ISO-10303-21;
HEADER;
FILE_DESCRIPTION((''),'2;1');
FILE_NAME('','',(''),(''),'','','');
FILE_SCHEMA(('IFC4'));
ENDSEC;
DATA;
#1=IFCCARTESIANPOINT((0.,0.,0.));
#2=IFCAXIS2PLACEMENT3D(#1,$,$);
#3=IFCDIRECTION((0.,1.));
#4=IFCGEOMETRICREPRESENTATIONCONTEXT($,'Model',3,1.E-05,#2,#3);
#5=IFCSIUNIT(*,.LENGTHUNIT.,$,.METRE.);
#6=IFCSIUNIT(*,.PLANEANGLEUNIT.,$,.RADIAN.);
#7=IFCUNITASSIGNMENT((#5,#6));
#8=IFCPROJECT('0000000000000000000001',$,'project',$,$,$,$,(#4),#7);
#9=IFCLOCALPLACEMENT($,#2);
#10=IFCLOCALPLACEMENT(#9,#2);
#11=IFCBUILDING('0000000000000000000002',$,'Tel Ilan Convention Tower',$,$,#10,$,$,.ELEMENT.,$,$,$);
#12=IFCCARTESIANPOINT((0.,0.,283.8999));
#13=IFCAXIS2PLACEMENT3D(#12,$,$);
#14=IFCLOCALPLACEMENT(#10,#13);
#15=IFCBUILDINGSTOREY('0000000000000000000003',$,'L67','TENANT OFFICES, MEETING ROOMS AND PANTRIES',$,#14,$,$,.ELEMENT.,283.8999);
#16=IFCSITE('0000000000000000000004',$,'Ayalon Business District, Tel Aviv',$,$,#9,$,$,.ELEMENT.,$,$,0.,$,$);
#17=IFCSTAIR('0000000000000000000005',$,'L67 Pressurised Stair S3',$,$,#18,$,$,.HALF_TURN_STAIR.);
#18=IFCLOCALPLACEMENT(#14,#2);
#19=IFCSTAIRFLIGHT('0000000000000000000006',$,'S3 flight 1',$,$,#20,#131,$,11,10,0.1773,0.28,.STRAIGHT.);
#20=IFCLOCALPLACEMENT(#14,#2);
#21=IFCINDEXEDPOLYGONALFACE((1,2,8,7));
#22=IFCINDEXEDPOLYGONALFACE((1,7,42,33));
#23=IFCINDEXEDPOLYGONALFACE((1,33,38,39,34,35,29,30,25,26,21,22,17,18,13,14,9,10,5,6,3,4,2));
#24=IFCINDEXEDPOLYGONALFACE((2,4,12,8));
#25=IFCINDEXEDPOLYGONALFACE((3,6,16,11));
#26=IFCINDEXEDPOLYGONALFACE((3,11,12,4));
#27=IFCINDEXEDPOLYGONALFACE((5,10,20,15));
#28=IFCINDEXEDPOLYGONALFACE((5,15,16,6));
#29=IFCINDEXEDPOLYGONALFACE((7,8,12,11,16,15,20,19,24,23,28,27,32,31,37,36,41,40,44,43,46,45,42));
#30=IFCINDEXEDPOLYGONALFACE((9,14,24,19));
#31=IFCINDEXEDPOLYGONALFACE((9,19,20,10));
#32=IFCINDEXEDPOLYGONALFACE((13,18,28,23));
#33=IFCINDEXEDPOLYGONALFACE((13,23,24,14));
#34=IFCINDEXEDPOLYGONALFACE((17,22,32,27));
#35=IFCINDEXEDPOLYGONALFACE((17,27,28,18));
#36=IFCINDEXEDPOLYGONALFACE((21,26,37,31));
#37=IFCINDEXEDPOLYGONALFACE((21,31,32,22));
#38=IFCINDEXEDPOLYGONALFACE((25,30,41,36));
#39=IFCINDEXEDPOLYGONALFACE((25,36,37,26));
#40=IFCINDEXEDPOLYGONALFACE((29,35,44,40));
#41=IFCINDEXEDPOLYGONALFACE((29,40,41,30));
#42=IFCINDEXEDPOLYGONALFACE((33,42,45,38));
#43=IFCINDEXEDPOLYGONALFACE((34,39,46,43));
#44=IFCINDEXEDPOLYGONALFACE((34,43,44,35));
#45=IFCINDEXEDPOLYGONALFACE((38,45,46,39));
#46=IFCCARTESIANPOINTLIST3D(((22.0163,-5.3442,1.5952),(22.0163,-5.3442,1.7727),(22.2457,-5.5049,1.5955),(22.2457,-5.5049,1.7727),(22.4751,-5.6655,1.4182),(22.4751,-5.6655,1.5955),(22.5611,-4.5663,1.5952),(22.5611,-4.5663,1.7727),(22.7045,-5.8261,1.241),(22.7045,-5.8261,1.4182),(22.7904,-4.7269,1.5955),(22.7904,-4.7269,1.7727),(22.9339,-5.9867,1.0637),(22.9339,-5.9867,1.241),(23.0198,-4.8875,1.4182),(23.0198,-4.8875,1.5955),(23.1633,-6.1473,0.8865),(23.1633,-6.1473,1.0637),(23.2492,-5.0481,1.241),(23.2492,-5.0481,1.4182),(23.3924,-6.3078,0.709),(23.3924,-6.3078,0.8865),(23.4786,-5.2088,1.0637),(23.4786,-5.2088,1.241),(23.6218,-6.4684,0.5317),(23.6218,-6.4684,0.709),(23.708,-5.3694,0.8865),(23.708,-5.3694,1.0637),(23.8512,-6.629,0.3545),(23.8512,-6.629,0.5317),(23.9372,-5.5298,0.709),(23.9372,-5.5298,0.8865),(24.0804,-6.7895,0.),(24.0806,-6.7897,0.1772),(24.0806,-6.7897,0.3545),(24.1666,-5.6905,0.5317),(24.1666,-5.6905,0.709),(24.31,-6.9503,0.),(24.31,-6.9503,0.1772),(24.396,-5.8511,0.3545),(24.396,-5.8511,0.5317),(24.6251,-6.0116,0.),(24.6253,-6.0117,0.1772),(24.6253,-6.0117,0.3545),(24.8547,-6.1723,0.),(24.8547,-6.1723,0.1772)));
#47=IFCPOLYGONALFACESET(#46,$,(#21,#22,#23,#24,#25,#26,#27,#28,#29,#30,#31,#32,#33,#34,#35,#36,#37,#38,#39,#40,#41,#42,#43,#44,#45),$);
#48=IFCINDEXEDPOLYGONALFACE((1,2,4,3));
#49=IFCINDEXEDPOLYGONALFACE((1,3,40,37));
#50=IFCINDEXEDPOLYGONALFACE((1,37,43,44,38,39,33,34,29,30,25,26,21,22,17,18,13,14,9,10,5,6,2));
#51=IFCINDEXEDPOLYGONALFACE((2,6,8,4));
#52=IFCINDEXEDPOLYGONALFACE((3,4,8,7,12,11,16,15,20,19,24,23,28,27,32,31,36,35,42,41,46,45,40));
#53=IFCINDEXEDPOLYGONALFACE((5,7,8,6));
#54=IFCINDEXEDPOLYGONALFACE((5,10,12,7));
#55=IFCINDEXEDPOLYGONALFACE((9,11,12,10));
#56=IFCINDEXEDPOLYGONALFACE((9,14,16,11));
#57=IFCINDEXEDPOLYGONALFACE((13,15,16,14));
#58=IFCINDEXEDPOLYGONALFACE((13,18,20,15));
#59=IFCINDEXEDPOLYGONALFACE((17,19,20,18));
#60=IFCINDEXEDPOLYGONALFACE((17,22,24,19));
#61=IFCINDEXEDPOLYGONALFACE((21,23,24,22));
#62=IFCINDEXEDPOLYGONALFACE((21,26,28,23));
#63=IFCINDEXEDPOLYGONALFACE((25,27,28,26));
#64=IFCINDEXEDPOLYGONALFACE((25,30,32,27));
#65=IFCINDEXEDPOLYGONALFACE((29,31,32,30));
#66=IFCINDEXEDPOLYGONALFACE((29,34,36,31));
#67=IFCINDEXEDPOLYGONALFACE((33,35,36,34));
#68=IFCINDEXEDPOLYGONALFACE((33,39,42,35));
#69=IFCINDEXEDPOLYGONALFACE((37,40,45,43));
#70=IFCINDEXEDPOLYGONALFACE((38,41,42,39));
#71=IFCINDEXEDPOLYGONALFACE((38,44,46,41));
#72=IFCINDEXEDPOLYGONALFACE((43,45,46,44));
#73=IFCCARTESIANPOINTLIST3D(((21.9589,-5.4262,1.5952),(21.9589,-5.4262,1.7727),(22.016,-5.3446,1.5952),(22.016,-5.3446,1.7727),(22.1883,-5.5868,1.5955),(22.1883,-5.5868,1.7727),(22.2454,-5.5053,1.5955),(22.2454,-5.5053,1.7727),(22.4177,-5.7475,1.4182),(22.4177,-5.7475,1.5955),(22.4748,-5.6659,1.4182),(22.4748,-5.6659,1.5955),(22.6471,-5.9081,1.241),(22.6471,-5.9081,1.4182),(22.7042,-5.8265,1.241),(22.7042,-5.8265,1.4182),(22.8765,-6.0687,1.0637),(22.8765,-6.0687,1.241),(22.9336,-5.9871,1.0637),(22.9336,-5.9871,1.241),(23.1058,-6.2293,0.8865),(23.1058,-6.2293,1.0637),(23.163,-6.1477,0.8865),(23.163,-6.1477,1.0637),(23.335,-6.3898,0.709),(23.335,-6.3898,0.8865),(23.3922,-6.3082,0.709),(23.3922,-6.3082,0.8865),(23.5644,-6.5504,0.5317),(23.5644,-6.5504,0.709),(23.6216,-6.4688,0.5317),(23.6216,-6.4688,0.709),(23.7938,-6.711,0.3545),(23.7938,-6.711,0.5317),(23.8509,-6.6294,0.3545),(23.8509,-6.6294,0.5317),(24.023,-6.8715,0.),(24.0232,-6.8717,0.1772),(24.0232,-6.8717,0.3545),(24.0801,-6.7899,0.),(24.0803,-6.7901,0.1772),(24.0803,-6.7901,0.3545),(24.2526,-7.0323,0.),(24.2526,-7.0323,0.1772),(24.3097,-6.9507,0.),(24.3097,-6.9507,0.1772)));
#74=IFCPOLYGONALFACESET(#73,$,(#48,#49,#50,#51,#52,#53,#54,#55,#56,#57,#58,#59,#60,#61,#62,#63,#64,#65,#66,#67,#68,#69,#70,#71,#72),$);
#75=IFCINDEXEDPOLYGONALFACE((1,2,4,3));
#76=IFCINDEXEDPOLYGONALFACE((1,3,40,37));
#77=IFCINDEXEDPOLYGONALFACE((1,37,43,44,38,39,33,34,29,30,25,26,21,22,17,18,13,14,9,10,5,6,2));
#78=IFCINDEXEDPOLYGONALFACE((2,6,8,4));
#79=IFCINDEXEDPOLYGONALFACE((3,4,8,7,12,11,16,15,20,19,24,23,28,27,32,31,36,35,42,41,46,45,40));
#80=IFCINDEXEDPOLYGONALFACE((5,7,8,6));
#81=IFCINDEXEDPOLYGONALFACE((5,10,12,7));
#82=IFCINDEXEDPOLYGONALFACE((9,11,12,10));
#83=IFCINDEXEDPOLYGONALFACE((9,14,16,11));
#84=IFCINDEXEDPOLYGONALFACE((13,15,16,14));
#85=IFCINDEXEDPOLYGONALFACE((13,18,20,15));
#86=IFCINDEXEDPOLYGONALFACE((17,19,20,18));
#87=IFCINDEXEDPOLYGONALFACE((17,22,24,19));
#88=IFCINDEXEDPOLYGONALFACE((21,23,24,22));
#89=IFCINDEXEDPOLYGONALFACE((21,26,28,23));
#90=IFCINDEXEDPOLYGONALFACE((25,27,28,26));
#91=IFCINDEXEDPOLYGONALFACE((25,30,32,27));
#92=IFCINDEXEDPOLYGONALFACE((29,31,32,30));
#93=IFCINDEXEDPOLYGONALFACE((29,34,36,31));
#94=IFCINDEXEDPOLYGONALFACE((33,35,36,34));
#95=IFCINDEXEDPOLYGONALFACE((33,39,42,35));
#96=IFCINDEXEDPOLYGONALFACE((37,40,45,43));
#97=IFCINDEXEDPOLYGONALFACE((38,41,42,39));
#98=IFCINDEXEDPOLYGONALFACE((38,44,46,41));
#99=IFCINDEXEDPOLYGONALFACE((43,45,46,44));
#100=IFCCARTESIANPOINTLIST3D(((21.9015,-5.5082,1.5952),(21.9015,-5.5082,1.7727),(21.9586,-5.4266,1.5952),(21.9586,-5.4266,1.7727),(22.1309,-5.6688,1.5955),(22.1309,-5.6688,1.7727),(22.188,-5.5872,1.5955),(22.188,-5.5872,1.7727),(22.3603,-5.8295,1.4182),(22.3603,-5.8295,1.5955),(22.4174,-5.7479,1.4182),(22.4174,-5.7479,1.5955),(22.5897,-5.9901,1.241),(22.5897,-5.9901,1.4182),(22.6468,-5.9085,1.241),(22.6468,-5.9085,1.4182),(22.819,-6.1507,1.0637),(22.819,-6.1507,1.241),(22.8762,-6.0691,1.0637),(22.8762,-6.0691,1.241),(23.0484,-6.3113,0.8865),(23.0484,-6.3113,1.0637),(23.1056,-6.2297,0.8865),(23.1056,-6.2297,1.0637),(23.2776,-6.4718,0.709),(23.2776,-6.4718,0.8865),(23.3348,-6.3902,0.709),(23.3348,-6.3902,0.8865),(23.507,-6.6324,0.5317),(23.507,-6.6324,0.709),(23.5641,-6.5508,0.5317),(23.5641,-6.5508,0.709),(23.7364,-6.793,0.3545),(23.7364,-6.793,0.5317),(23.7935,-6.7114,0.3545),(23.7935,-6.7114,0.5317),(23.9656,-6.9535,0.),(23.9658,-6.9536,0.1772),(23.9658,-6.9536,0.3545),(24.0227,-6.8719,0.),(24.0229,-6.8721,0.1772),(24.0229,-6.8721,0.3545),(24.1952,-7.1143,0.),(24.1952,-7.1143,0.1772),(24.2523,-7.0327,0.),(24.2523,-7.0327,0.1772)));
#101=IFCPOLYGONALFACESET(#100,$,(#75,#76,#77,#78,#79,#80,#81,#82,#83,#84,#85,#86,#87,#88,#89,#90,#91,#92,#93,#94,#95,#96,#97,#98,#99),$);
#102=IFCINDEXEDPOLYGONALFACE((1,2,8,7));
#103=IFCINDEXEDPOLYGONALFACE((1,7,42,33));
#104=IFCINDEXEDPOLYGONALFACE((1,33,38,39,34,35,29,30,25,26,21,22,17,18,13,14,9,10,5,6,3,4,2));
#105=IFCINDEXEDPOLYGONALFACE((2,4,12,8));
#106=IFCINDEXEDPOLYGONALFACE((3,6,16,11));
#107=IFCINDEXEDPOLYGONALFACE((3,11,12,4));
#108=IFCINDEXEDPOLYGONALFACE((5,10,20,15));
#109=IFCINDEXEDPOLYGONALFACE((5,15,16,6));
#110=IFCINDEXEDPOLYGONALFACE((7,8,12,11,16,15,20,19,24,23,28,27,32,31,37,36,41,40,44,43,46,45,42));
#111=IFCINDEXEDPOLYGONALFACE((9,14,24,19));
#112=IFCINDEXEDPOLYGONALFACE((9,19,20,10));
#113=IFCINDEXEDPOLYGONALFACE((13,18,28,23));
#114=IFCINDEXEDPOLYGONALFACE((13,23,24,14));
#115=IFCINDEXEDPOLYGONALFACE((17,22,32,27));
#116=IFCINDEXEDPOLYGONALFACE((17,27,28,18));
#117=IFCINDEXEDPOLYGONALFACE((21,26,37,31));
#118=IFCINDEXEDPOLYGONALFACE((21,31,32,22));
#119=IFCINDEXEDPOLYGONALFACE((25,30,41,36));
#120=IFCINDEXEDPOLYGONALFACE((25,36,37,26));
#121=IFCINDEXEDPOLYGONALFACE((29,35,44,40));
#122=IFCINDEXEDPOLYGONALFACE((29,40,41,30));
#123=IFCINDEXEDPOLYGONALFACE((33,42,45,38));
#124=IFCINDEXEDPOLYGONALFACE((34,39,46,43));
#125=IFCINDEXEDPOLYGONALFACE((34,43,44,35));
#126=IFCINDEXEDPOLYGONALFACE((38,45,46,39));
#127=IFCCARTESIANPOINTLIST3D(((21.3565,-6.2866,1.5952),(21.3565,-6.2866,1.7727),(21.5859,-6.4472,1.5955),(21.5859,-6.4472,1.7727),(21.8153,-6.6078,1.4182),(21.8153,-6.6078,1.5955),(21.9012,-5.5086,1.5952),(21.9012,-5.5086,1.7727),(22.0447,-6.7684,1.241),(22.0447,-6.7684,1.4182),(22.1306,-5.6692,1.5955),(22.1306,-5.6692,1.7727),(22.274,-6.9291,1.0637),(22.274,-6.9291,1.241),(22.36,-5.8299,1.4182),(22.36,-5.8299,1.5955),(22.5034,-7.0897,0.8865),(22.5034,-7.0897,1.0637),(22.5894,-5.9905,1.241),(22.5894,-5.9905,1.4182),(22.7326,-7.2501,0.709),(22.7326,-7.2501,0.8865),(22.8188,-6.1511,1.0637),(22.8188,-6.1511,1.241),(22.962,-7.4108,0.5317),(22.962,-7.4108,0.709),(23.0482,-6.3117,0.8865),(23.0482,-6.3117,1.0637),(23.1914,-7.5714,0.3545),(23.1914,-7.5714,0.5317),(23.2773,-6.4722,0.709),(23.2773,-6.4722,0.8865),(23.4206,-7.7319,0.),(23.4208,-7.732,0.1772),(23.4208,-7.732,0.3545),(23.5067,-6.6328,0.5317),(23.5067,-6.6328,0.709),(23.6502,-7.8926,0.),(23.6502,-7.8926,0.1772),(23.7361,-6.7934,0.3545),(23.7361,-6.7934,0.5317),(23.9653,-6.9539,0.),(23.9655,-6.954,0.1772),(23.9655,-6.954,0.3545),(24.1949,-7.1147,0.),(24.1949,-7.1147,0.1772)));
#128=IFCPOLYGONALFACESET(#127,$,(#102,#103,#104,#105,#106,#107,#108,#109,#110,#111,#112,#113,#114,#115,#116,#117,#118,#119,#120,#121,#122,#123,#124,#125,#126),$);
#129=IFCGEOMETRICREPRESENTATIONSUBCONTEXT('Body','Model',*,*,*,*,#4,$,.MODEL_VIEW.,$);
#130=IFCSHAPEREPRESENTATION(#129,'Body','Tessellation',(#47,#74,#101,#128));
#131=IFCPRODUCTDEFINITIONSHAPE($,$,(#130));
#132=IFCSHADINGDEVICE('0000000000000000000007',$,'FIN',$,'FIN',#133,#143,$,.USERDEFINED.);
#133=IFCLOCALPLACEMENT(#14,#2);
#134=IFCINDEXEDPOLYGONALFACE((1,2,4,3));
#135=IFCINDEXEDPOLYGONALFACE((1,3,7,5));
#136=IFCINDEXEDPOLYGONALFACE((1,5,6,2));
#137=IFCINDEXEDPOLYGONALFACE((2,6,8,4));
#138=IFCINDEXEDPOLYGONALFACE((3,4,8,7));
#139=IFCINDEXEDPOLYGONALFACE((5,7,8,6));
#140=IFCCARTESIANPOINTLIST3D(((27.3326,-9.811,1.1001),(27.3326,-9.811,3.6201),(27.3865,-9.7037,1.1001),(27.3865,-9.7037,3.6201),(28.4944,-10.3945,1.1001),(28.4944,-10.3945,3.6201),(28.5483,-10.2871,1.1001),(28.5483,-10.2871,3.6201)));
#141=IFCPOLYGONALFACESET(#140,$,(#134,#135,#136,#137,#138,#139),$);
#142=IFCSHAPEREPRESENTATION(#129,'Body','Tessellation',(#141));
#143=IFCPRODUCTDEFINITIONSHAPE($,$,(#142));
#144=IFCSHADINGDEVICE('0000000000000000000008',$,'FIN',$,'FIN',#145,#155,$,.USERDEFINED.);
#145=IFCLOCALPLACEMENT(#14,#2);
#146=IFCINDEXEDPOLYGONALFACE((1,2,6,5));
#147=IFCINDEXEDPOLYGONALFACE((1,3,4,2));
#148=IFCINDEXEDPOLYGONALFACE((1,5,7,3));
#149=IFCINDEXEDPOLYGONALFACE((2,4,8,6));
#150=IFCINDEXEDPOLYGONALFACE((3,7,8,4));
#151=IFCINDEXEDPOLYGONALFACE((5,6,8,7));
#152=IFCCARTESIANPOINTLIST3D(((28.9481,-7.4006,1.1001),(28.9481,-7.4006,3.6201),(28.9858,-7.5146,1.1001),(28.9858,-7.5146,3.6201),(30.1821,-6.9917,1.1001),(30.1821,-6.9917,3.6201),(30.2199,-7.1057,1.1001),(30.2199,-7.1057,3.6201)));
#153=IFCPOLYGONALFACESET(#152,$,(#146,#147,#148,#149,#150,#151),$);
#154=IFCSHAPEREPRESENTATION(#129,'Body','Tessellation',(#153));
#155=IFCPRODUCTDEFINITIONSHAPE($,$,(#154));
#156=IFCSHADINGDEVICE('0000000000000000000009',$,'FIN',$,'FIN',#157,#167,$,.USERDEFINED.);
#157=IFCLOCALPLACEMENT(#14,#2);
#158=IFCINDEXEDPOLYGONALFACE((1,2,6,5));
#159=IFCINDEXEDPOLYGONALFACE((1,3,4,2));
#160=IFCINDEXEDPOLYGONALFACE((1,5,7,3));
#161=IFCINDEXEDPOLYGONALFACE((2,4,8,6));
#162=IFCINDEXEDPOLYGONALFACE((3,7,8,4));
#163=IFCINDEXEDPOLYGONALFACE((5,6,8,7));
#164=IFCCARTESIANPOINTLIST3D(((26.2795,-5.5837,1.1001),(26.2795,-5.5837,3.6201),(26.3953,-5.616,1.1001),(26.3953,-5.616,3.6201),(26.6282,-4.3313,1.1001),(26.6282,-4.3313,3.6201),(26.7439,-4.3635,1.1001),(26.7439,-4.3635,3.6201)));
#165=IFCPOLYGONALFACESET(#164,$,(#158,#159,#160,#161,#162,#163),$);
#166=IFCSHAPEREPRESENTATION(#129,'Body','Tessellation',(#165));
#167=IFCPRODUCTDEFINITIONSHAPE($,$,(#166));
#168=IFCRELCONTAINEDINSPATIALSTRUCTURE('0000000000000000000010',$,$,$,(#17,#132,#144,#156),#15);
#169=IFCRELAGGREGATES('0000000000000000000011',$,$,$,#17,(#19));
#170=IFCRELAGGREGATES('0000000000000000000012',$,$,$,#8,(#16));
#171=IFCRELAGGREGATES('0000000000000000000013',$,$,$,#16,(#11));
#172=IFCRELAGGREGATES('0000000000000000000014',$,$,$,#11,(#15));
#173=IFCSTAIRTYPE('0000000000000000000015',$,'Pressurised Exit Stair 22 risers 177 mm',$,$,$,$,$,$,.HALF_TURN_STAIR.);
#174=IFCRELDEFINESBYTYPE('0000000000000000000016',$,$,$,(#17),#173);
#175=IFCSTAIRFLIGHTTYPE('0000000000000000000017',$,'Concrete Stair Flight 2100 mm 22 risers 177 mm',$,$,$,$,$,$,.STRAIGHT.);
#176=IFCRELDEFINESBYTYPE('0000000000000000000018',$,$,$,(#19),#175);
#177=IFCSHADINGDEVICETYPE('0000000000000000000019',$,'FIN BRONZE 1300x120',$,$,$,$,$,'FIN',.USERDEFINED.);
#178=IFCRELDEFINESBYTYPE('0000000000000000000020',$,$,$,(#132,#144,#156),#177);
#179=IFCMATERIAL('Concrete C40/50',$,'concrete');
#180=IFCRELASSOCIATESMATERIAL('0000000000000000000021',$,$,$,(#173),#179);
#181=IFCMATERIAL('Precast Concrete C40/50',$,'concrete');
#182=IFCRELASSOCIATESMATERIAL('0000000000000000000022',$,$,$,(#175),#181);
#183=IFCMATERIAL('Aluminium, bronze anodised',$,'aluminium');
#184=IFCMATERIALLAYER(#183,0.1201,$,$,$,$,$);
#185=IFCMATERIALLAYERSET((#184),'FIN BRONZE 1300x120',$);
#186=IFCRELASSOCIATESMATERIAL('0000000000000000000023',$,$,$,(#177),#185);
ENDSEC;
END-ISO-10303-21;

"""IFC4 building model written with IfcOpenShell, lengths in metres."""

from ifc_helpers import new_model, si_unit, direction, frame, origin, origin_2d, place, context, subcontext, project, spatial, polyline, rectangle, outline, extrude, material, layer, layer_set, type_object, element, aggregate, save


model = new_model("IFC4")

# Units and contexts
model_context = context("Model", 3, precision=1e-05, world=origin(), true_north=direction((0.0, 1.0)))
body_context = subcontext(model_context, "Body", "Model", "MODEL_VIEW")
ifc_project = project(units=[si_unit("LENGTHUNIT", "METRE"), si_unit("PLANEANGLEUNIT", "RADIAN")], contexts=[model_context])

# Site, building, storey
site_placement = place(None, origin())
site = spatial("IfcSite", under=ifc_project, at=site_placement, Name="Ayalon Business District, Tel Aviv", CompositionType="ELEMENT", RefElevation=0.0)
building_placement = place(site_placement, origin())
building = spatial("IfcBuilding", under=site, at=building_placement, Name="Tel Ilan Convention Tower", CompositionType="ELEMENT")
storey_placement = place(building_placement, frame((0.0, 0.0, 283.8999)))
storey = spatial("IfcBuildingStorey", under=building, at=storey_placement, Name="L67", Description="TENANT OFFICES, MEETING ROOMS AND PANTRIES", CompositionType="ELEMENT", Elevation=283.8999)

# Stair, stair flight
ifc_material_1 = material(Name="Concrete C40/50", Category="concrete")
stair_type = type_object("IfcStairType", Name="Pressurised Exit Stair 22 risers 177 mm", PredefinedType="HALF_TURN_STAIR", material=ifc_material_1)
stair_placement = place(storey_placement, origin())
stair = element("IfcStair", 1, at=stair_placement, inside=storey, type_object=stair_type, Name="L67 Pressurised Stair S3", PredefinedType="HALF_TURN_STAIR")
ifc_material_2 = material(Name="Precast Concrete C40/50", Category="concrete")
stair_flight_type = type_object("IfcStairFlightType", Name="Concrete Stair Flight 2100 mm 22 risers 177 mm", PredefinedType="STRAIGHT", material=ifc_material_2)
stair_flight_placement = place(storey_placement, frame((24.2524, -7.0325, 0.0), z_axis=(0.0, 0.0, 1.0), x_axis=(-0.819152, 0.573576, 0.0)))
stair_flight = element("IfcStairFlight", 2, at=stair_flight_placement, type_object=stair_flight_type, Name="S3 flight 1", NumberOfRisers=11, NumberOfTreads=10, PredefinedType="STRAIGHT", RiserHeight=0.1773, TreadLength=0.28, context=body_context, shape_type="SweptSolid", body=[
    extrude(outline(polyline([(0.0, 0.0), (0.0, 0.1772), (0.28, 0.1772), (0.28, 0.3545), (0.5601, 0.3545), (0.5601, 0.5317), (0.8401, 0.5317), (0.8401, 0.709), (1.1201, 0.709), (1.1201, 0.8865), (1.3999, 0.8865), (1.3999, 1.0637), (1.6799, 1.0637), (1.6799, 1.241), (1.96, 1.241), (1.96, 1.4182), (2.24, 1.4182), (2.24, 1.5955), (2.52, 1.5955), (2.52, 1.7727), (2.8, 1.7727), (2.8, 1.95), (2.8, 1.5952), (0.2803, 0.0), (0.0, 0.0)])), frame((0.0, -0.1003, 0.0), z_axis=(0.0, -1.0, 0.0), x_axis=(1.0, 0.0, 0.0)), (0.0, 0.0, 1.0), 0.9497),
    extrude(outline(polyline([(0.0, 0.0), (0.0, 0.1772), (0.28, 0.1772), (0.28, 0.3545), (0.5601, 0.3545), (0.5601, 0.5317), (0.8401, 0.5317), (0.8401, 0.709), (1.1201, 0.709), (1.1201, 0.8865), (1.3999, 0.8865), (1.3999, 1.0637), (1.6799, 1.0637), (1.6799, 1.241), (1.96, 1.241), (1.96, 1.4182), (2.24, 1.4182), (2.24, 1.5955), (2.52, 1.5955), (2.52, 1.7727), (2.8, 1.7727), (2.8, 1.95), (2.8, 1.5952), (0.2803, 0.0), (0.0, 0.0)])), frame((0.0, -0.0002, 0.0), z_axis=(0.0, -1.0, 0.0), x_axis=(1.0, 0.0, 0.0)), (0.0, 0.0, 1.0), 0.0996),
    extrude(outline(polyline([(0.0, 0.0), (0.0, 0.1772), (0.28, 0.1772), (0.28, 0.3545), (0.5601, 0.3545), (0.5601, 0.5317), (0.8401, 0.5317), (0.8401, 0.709), (1.1201, 0.709), (1.1201, 0.8865), (1.3999, 0.8865), (1.3999, 1.0637), (1.6799, 1.0637), (1.6799, 1.241), (1.96, 1.241), (1.96, 1.4182), (2.24, 1.4182), (2.24, 1.5955), (2.52, 1.5955), (2.52, 1.7727), (2.8, 1.7727), (2.8, 1.95), (2.8, 1.5952), (0.2803, 0.0), (0.0, 0.0)])), frame((0.0, 0.0999, 0.0), z_axis=(0.0, -1.0, 0.0), x_axis=(1.0, 0.0, 0.0)), (0.0, 0.0, 1.0), 0.0996),
    extrude(outline(polyline([(0.0, 0.0), (0.0, 0.1772), (0.28, 0.1772), (0.28, 0.3545), (0.5601, 0.3545), (0.5601, 0.5317), (0.8401, 0.5317), (0.8401, 0.709), (1.1201, 0.709), (1.1201, 0.8865), (1.3999, 0.8865), (1.3999, 1.0637), (1.6799, 1.0637), (1.6799, 1.241), (1.96, 1.241), (1.96, 1.4182), (2.24, 1.4182), (2.24, 1.5955), (2.52, 1.5955), (2.52, 1.7727), (2.8, 1.7727), (2.8, 1.95), (2.8, 1.5952), (0.2803, 0.0), (0.0, 0.0)])), frame((0.0, 1.05, 0.0), z_axis=(0.0, -1.0, 0.0), x_axis=(1.0, 0.0, 0.0)), (0.0, 0.0, 1.0), 0.9497),
])
aggregate(stair, [stair_flight])

# Shading devices
ifc_material_3 = material(Name="Aluminium, bronze anodised", Category="aluminium")
ifc_layer_1 = layer(ifc_material_3, 0.1201)
ifc_layer_set_1 = layer_set([ifc_layer_1], Name="FIN BRONZE 1300x120")
shading_device_type = type_object("IfcShadingDeviceType", Name="FIN BRONZE 1300x120", ElementType="FIN", PredefinedType="USERDEFINED", material=ifc_layer_set_1)
for number, where, z_axis, x_axis, name in (
    (3, (27.9404, -10.0491, 1.1001), (0.0, 0.0, 1.0), (0.893633, -0.448799, 0.0), "FIN"),
    (4, (29.584, -7.2532, 1.1001), (0.0, 0.0, 1.0), (0.949243, 0.314545, 0.0), "FIN"),
    (5, (26.5117, -4.9736, 1.1001), (0.0, 0.0, 1.0), (0.268173, 0.963371, 0.0), "FIN"),
):
    element("IfcShadingDevice", number, at=place(storey_placement, frame(where, z_axis=z_axis, x_axis=x_axis)), inside=storey, type_object=shading_device_type, Name=name, ObjectType="FIN", PredefinedType="USERDEFINED", context=body_context, shape_type="SweptSolid", body=[
        extrude(rectangle(XDim=1.3, YDim=0.1201, at=origin_2d()), origin(), (0.0, 0.0, 1.0), 2.52),
    ])

save(model, "model.ifc")
